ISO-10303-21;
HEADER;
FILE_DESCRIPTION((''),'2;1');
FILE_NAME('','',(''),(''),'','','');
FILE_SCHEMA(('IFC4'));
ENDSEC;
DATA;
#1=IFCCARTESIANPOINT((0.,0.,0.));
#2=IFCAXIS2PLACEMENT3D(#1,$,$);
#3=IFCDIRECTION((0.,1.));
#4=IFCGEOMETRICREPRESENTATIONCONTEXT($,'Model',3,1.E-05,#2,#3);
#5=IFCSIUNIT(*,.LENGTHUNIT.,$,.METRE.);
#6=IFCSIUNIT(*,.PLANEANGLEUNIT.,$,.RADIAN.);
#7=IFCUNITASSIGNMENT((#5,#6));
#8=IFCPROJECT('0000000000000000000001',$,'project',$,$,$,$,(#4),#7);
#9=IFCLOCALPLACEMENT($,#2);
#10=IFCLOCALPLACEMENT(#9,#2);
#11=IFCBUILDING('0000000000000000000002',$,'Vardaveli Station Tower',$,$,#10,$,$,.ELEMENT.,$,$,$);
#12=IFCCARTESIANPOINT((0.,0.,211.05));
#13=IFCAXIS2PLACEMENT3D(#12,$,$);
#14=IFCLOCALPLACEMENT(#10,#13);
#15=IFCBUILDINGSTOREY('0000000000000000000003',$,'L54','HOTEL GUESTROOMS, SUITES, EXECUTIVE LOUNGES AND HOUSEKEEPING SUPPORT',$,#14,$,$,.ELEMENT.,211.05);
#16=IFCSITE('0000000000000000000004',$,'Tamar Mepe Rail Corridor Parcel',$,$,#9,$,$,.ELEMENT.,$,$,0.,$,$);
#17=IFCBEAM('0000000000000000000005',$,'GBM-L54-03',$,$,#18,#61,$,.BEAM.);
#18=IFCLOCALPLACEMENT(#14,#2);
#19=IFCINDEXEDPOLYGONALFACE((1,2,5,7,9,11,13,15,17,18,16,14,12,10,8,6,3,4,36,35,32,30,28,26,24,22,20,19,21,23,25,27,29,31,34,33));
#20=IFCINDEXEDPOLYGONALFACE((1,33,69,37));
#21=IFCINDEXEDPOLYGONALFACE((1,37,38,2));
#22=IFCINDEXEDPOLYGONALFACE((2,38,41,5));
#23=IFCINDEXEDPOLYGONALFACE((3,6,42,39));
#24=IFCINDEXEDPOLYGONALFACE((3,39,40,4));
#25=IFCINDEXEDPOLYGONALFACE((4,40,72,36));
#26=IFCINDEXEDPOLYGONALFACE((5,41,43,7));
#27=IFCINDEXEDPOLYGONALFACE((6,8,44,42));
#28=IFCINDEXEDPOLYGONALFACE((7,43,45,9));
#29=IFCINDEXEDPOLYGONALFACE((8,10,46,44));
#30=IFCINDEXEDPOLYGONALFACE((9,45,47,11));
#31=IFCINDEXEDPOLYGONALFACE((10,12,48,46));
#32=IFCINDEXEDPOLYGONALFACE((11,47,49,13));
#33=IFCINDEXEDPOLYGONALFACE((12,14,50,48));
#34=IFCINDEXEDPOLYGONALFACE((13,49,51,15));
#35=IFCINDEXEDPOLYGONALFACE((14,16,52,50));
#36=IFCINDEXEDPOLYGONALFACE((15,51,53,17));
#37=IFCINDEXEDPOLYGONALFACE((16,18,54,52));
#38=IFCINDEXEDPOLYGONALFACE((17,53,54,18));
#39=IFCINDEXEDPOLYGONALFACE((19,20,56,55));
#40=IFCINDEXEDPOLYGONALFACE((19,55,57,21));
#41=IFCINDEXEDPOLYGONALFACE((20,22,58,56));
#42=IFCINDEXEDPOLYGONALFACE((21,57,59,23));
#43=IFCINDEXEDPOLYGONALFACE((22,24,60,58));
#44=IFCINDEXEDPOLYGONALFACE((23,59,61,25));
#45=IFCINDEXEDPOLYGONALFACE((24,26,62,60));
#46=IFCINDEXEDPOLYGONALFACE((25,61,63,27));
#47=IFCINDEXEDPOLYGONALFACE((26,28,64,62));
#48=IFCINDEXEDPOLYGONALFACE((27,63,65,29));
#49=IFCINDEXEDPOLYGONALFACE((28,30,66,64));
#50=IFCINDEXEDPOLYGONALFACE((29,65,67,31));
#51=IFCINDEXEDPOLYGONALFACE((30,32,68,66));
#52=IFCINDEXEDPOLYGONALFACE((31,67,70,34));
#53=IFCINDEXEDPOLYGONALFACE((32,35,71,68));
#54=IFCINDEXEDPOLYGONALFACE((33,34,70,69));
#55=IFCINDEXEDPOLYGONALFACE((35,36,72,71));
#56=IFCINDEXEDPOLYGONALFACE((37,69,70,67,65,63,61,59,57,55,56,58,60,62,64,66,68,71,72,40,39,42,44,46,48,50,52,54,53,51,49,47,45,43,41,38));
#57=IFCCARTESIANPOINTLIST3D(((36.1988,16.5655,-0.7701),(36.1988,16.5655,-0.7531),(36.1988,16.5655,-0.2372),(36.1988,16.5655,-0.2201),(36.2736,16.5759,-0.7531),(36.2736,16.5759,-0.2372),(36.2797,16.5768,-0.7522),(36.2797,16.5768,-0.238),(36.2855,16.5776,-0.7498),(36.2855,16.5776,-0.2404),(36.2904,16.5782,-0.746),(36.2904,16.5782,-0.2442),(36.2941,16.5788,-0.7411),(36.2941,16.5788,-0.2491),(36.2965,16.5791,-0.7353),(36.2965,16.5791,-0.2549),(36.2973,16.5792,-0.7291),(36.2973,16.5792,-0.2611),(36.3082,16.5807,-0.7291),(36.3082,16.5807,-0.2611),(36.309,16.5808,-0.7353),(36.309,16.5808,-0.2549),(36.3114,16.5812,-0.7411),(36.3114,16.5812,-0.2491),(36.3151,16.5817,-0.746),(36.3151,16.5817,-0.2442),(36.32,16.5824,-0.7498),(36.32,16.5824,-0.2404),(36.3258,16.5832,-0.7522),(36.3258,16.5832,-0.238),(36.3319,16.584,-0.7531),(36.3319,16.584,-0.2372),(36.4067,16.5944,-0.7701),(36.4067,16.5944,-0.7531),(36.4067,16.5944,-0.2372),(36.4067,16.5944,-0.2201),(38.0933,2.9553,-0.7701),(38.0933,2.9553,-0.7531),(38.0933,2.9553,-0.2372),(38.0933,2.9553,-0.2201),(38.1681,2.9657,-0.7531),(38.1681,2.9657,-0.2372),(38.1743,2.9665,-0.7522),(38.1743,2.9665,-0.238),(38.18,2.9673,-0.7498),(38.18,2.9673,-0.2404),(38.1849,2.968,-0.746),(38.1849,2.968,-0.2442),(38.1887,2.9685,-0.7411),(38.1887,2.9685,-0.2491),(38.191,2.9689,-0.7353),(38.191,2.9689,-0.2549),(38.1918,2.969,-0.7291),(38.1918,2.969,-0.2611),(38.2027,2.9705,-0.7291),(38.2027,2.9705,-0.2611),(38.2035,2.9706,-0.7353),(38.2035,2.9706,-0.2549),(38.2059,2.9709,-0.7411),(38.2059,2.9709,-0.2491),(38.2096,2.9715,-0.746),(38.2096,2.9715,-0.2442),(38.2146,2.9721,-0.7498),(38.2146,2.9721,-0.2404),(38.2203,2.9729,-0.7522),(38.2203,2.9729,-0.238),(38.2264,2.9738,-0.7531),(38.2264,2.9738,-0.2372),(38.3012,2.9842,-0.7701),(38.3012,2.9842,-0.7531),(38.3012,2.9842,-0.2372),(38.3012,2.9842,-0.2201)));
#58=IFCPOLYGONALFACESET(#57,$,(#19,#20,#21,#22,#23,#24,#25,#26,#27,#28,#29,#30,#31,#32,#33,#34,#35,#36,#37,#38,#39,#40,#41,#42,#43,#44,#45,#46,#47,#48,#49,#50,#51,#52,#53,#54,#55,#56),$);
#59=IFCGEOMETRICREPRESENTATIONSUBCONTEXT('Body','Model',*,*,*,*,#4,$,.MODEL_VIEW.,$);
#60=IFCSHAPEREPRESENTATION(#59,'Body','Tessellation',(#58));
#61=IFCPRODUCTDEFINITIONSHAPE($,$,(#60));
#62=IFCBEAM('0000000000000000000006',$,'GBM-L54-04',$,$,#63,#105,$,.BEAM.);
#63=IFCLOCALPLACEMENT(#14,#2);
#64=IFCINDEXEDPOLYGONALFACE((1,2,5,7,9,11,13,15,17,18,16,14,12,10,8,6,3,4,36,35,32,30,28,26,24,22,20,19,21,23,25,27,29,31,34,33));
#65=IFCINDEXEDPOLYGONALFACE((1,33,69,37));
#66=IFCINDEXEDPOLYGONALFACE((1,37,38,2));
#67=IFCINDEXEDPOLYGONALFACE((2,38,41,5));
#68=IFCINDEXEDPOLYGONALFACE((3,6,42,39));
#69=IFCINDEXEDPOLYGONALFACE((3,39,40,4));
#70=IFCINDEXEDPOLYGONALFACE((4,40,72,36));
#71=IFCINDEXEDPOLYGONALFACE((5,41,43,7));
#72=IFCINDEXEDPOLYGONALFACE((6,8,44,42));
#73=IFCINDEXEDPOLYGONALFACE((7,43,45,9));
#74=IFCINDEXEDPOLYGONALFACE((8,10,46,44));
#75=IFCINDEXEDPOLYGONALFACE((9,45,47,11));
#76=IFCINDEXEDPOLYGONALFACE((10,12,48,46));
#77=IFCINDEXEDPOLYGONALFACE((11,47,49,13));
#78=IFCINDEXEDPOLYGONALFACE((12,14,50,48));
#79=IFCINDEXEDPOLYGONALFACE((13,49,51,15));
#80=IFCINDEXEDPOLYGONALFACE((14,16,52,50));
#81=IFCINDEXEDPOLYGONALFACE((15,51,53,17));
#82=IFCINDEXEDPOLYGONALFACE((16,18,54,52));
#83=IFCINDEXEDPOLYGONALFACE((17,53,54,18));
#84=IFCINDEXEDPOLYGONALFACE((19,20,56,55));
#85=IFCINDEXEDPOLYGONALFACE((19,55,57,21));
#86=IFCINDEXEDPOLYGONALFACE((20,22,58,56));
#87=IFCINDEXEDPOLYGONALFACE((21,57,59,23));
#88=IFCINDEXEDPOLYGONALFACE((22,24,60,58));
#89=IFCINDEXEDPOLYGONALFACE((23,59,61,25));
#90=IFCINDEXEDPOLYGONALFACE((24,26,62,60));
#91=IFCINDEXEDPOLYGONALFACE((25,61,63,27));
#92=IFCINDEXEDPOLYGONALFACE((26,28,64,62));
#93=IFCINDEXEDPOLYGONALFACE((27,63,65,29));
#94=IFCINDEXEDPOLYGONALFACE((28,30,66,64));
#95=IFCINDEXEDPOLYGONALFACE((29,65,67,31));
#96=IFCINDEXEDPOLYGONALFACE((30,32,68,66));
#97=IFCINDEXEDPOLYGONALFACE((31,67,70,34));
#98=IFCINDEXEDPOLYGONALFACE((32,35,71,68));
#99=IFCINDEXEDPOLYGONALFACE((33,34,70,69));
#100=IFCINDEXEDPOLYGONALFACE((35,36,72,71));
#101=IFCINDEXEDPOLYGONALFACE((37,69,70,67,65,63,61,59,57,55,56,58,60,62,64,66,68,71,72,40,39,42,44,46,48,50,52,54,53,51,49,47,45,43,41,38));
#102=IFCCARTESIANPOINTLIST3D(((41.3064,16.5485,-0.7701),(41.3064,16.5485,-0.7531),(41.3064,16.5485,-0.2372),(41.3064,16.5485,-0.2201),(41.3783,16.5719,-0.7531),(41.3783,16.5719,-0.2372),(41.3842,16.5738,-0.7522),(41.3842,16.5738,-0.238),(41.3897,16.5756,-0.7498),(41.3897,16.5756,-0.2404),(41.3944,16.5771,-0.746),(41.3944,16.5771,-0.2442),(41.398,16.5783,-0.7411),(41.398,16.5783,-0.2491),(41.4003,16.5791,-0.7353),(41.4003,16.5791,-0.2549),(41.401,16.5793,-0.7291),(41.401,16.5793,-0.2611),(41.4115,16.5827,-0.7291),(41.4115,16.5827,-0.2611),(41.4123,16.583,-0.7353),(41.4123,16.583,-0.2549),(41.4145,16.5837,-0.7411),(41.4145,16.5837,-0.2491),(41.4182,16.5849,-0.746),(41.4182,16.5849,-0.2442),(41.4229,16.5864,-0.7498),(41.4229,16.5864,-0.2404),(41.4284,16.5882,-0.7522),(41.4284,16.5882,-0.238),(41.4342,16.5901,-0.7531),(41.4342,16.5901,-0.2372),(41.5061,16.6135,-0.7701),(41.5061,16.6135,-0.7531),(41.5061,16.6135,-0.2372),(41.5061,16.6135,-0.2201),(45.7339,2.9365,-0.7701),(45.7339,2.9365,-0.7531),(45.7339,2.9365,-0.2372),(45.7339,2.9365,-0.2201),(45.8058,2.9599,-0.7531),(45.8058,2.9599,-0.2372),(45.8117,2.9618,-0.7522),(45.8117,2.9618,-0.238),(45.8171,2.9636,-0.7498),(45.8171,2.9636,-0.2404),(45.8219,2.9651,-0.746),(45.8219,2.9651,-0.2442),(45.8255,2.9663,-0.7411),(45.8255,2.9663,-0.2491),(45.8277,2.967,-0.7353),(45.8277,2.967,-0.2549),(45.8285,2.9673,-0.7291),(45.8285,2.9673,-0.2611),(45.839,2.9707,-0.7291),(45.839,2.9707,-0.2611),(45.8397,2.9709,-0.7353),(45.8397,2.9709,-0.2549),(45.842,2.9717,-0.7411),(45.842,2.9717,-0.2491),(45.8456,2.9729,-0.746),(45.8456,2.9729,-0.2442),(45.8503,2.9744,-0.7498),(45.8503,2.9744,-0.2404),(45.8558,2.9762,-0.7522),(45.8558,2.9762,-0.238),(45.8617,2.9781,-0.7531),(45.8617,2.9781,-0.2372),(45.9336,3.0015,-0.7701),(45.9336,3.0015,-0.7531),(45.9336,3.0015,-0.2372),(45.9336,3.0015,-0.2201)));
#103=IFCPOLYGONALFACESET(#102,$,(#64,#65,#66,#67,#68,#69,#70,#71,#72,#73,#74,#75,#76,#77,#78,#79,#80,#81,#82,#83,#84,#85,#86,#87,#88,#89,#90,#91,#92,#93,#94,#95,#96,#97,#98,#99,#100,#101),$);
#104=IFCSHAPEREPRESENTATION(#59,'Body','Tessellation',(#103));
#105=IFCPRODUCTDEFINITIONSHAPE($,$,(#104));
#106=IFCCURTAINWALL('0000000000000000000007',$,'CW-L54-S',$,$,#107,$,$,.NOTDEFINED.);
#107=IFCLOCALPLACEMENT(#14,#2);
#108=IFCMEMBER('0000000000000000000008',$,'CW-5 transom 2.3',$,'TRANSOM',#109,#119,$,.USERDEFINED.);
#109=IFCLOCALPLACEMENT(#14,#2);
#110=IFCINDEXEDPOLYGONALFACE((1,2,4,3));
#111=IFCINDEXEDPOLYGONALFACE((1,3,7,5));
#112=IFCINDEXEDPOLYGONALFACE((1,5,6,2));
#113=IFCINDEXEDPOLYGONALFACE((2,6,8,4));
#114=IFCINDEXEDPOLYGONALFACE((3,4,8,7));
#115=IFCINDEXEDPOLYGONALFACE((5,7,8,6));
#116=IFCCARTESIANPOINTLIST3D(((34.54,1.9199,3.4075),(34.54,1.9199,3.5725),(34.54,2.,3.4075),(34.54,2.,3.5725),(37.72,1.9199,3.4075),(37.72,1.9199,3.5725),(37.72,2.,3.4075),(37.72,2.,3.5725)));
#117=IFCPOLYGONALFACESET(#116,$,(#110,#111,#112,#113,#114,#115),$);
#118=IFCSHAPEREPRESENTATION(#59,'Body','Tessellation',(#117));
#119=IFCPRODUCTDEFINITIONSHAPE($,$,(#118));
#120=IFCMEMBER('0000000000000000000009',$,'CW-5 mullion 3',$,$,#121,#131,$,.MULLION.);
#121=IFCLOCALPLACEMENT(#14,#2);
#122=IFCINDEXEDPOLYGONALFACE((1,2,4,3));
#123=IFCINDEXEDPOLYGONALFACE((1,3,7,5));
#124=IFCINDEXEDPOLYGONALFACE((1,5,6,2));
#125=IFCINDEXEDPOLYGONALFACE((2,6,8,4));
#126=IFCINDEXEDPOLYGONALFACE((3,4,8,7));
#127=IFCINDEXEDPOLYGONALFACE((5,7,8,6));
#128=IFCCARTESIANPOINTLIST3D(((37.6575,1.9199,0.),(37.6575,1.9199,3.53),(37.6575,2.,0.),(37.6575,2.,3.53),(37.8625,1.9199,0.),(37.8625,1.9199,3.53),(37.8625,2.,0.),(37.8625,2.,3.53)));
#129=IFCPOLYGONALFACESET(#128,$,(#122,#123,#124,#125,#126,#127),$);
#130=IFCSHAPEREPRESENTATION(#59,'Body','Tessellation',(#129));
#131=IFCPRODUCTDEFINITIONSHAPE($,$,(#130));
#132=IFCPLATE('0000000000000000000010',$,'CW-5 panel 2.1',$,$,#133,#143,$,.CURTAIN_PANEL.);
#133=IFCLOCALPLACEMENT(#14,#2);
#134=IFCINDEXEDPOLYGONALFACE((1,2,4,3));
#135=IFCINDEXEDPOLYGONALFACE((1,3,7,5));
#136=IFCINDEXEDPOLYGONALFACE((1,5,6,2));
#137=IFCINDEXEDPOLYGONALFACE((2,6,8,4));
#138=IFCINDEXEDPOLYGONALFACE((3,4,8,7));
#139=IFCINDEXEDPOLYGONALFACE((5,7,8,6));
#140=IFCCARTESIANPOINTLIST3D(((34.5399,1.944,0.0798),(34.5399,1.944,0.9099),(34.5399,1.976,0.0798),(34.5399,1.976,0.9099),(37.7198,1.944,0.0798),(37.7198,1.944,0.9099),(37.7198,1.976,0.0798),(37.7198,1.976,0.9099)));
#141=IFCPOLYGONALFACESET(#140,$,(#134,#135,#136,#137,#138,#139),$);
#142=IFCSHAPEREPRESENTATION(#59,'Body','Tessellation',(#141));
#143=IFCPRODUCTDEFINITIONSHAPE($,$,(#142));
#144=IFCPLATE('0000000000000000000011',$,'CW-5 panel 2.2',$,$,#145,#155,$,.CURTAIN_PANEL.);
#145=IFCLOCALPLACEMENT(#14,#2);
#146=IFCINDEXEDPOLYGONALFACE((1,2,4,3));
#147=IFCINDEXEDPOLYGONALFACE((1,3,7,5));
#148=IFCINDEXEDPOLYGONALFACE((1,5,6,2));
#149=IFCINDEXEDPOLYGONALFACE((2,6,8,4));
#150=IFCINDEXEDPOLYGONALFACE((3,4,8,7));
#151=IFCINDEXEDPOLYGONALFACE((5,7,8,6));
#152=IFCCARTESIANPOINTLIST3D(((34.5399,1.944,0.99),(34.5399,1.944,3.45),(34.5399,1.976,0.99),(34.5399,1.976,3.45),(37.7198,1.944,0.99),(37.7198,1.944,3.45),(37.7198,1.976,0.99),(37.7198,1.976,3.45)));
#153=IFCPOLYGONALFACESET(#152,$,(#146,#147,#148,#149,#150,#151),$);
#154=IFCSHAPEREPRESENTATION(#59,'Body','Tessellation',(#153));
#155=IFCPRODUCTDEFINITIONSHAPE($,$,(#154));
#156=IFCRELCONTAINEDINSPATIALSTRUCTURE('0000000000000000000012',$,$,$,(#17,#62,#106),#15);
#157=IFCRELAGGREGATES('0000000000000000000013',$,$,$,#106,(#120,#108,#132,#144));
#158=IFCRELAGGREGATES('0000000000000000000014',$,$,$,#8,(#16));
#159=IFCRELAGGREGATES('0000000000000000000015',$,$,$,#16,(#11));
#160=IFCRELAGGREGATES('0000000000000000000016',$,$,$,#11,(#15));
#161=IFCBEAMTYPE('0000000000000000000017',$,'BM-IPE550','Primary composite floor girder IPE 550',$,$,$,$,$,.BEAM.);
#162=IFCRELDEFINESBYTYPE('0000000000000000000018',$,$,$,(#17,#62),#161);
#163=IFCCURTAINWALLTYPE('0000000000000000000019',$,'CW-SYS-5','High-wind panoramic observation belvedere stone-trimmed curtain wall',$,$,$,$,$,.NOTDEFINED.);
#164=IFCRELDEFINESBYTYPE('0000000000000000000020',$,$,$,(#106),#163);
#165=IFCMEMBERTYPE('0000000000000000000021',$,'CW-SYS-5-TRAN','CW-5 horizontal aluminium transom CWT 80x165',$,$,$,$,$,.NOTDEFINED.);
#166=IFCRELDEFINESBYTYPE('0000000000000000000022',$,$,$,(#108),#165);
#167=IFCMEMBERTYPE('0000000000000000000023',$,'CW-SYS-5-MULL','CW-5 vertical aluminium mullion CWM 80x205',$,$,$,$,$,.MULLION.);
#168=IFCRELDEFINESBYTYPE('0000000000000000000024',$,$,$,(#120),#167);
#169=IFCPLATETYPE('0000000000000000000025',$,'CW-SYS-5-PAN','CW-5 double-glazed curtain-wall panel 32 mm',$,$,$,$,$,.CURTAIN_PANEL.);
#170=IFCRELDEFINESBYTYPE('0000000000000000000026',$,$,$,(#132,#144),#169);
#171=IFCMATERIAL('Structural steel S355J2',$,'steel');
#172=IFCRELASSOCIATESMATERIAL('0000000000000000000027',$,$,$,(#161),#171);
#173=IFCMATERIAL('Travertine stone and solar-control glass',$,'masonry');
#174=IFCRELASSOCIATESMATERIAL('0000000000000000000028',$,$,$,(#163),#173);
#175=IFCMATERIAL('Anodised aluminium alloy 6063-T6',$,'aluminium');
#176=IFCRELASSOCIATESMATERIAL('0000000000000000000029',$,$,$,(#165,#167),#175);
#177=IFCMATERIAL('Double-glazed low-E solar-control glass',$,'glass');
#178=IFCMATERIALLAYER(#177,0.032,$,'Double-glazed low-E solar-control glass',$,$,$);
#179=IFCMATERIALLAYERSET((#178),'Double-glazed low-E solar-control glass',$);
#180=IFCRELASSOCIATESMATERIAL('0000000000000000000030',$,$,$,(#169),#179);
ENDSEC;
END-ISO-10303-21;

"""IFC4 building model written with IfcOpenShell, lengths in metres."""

from ifc_helpers import new_model, si_unit, direction, frame, origin, origin_2d, place, context, subcontext, project, spatial, rectangle, i_section, extrude, source, transform, mapped, material, layer, layer_set, material_profile, profile_set, type_object, element, aggregate, save


model = new_model("IFC4")

# Units and contexts
model_context = context("Model", 3, precision=1e-05, world=origin(), true_north=direction((0.0, 1.0)))
body_context = subcontext(model_context, "Body", "Model", "MODEL_VIEW")
ifc_project = project(units=[si_unit("LENGTHUNIT", "METRE"), si_unit("PLANEANGLEUNIT", "RADIAN")], contexts=[model_context])

# Site, building, storey
site_placement = place(None, origin())
site = spatial("IfcSite", under=ifc_project, at=site_placement, Name="Tamar Mepe Rail Corridor Parcel", CompositionType="ELEMENT", RefElevation=0.0)
building_placement = place(site_placement, origin())
building = spatial("IfcBuilding", under=site, at=building_placement, Name="Vardaveli Station Tower", CompositionType="ELEMENT")
storey_placement = place(building_placement, frame((0.0, 0.0, 211.05)))
storey = spatial("IfcBuildingStorey", under=building, at=storey_placement, Name="L54", Description="HOTEL GUESTROOMS, SUITES, EXECUTIVE LOUNGES AND HOUSEKEEPING SUPPORT", CompositionType="ELEMENT", Elevation=211.05)

# Beams
ifc_material_1 = material(Name="Structural steel S355J2", Category="steel")
ifc_material_profile_1 = material_profile(ifc_material_1, i_section(OverallWidth=0.21, OverallDepth=0.55, WebThickness=0.011, FlangeThickness=0.0171, FilletRadius=0.0239, at=origin_2d()), Name="IPE 550")
ifc_profile_set_1 = profile_set([ifc_material_profile_1], Name="Structural steel S355J2")
beam_type_1 = type_object("IfcBeamType", Name="BM-IPE550", Description="Primary composite floor girder IPE 550", PredefinedType="BEAM", material=ifc_profile_set_1)
shared_shape_1 = source(origin(), body_context, "Body", "SweptSolid", [
    extrude(i_section(OverallWidth=0.21, OverallDepth=0.55, WebThickness=0.011, FlangeThickness=0.0171, FilletRadius=0.0239, at=origin_2d()), origin(), (0.0, 0.0, 1.0), 13.7415),
])
beam_1_placement = place(storey_placement, frame((38.1973, 2.9697, -0.4951), z_axis=(-0.137869, 0.990451, 0.0), x_axis=(-0.990451, -0.137869, 0.0)))
element("IfcBeam", 1, at=beam_1_placement, inside=storey, type_object=beam_type_1, Name="GBM-L54-03", PredefinedType="BEAM", context=body_context, shape_type="MappedRepresentation", body=[
    mapped(shared_shape_1, transform((0.0, 0.0, 0.0), scale=1.0)),
])
shared_shape_2 = source(origin(), body_context, "Body", "SweptSolid", [
    extrude(i_section(OverallWidth=0.21, OverallDepth=0.55, WebThickness=0.011, FlangeThickness=0.0171, FilletRadius=0.0239, at=origin_2d()), origin(), (0.0, 0.0, 1.0), 14.314),
])
beam_2_placement = place(storey_placement, frame((45.8337, 2.969, -0.4951), z_axis=(-0.309312, 0.950961, 0.0), x_axis=(-0.950961, -0.309312, 0.0)))
element("IfcBeam", 2, at=beam_2_placement, inside=storey, type_object=beam_type_1, Name="GBM-L54-04", PredefinedType="BEAM", context=body_context, shape_type="MappedRepresentation", body=[
    mapped(shared_shape_2, transform((0.0, 0.0, 0.0), scale=1.0)),
])

# Curtain wall, members, plates
ifc_material_2 = material(Name="Travertine stone and solar-control glass", Category="masonry")
curtain_wall_type = type_object("IfcCurtainWallType", Name="CW-SYS-5", Description="High-wind panoramic observation belvedere stone-trimmed curtain wall", PredefinedType="NOTDEFINED", material=ifc_material_2)
curtain_wall_placement = place(storey_placement, origin())
curtain_wall = element("IfcCurtainWall", 3, at=curtain_wall_placement, inside=storey, type_object=curtain_wall_type, Name="CW-L54-S", PredefinedType="NOTDEFINED")
ifc_material_3 = material(Name="Anodised aluminium alloy 6063-T6", Category="aluminium")
ifc_material_profile_2 = material_profile(ifc_material_3, rectangle(XDim=0.0801, YDim=0.165, at=origin_2d()), Name="CWT 80x165")
ifc_profile_set_2 = profile_set([ifc_material_profile_2], Name="Anodised aluminium alloy 6063-T6")
member_type_1 = type_object("IfcMemberType", Name="CW-SYS-5-TRAN", Description="CW-5 horizontal aluminium transom CWT 80x165", PredefinedType="NOTDEFINED", material=ifc_profile_set_2)
shared_shape_3 = source(origin(), body_context, "Body", "SweptSolid", [
    extrude(rectangle(XDim=0.0801, YDim=0.165, at=origin_2d()), origin(), (0.0, 0.0, 1.0), 3.1799),
])
member_1_placement = place(storey_placement, frame((34.54, 1.96, 3.49), z_axis=(1.0, 0.0, 0.0), x_axis=(0.0, 1.0, 0.0)))
member_1 = element("IfcMember", 4, at=member_1_placement, type_object=member_type_1, Name="CW-5 transom 2.3", ObjectType="TRANSOM", PredefinedType="USERDEFINED", context=body_context, shape_type="MappedRepresentation", body=[
    mapped(shared_shape_3, transform((0.0, 0.0, 0.0), scale=1.0)),
])
ifc_material_profile_3 = material_profile(ifc_material_3, rectangle(XDim=0.0801, YDim=0.2051, at=origin_2d()), Name="CWM 80x205")
ifc_profile_set_3 = profile_set([ifc_material_profile_3], Name="Anodised aluminium alloy 6063-T6")
member_type_2 = type_object("IfcMemberType", Name="CW-SYS-5-MULL", Description="CW-5 vertical aluminium mullion CWM 80x205", PredefinedType="MULLION", material=ifc_profile_set_3)
shared_shape_4 = source(origin(), body_context, "Body", "SweptSolid", [
    extrude(rectangle(XDim=0.0801, YDim=0.2051, at=origin_2d()), origin(), (0.0, 0.0, 1.0), 3.53),
])
member_2_placement = place(storey_placement, frame((37.76, 1.96, 0.0), z_axis=(0.0, 0.0, 1.0), x_axis=(0.0, 1.0, 0.0)))
member_2 = element("IfcMember", 5, at=member_2_placement, type_object=member_type_2, Name="CW-5 mullion 3", PredefinedType="MULLION", context=body_context, shape_type="MappedRepresentation", body=[
    mapped(shared_shape_4, transform((0.0, 0.0, 0.0), scale=1.0)),
])
ifc_material_4 = material(Name="Double-glazed low-E solar-control glass", Category="glass")
ifc_layer_1 = layer(ifc_material_4, 0.032, Name="Double-glazed low-E solar-control glass")
ifc_layer_set_1 = layer_set([ifc_layer_1], Name="Double-glazed low-E solar-control glass")
plate_type = type_object("IfcPlateType", Name="CW-SYS-5-PAN", Description="CW-5 double-glazed curtain-wall panel 32 mm", PredefinedType="CURTAIN_PANEL", material=ifc_layer_set_1)
shared_shape_5 = source(origin(), body_context, "Body", "SweptSolid", [
    extrude(rectangle(XDim=3.1799, YDim=0.032, at=origin_2d()), origin(), (0.0, 0.0, 1.0), 0.8301),
])
plate_1_placement = place(storey_placement, frame((36.1299, 1.96, 0.0798), z_axis=(0.0, 0.0, 1.0), x_axis=(1.0, 0.0, 0.0)))
plate_1 = element("IfcPlate", 6, at=plate_1_placement, type_object=plate_type, Name="CW-5 panel 2.1", PredefinedType="CURTAIN_PANEL", context=body_context, shape_type="MappedRepresentation", body=[
    mapped(shared_shape_5, transform((0.0, 0.0, 0.0), scale=1.0)),
])
shared_shape_6 = source(origin(), body_context, "Body", "SweptSolid", [
    extrude(rectangle(XDim=3.1799, YDim=0.032, at=origin_2d()), origin(), (0.0, 0.0, 1.0), 2.46),
])
plate_2_placement = place(storey_placement, frame((36.1299, 1.96, 0.99), z_axis=(0.0, 0.0, 1.0), x_axis=(1.0, 0.0, 0.0)))
plate_2 = element("IfcPlate", 7, at=plate_2_placement, type_object=plate_type, Name="CW-5 panel 2.2", PredefinedType="CURTAIN_PANEL", context=body_context, shape_type="MappedRepresentation", body=[
    mapped(shared_shape_6, transform((0.0, 0.0, 0.0), scale=1.0)),
])
aggregate(curtain_wall, [member_2, member_1, plate_1, plate_2])

save(model, "model.ifc")
